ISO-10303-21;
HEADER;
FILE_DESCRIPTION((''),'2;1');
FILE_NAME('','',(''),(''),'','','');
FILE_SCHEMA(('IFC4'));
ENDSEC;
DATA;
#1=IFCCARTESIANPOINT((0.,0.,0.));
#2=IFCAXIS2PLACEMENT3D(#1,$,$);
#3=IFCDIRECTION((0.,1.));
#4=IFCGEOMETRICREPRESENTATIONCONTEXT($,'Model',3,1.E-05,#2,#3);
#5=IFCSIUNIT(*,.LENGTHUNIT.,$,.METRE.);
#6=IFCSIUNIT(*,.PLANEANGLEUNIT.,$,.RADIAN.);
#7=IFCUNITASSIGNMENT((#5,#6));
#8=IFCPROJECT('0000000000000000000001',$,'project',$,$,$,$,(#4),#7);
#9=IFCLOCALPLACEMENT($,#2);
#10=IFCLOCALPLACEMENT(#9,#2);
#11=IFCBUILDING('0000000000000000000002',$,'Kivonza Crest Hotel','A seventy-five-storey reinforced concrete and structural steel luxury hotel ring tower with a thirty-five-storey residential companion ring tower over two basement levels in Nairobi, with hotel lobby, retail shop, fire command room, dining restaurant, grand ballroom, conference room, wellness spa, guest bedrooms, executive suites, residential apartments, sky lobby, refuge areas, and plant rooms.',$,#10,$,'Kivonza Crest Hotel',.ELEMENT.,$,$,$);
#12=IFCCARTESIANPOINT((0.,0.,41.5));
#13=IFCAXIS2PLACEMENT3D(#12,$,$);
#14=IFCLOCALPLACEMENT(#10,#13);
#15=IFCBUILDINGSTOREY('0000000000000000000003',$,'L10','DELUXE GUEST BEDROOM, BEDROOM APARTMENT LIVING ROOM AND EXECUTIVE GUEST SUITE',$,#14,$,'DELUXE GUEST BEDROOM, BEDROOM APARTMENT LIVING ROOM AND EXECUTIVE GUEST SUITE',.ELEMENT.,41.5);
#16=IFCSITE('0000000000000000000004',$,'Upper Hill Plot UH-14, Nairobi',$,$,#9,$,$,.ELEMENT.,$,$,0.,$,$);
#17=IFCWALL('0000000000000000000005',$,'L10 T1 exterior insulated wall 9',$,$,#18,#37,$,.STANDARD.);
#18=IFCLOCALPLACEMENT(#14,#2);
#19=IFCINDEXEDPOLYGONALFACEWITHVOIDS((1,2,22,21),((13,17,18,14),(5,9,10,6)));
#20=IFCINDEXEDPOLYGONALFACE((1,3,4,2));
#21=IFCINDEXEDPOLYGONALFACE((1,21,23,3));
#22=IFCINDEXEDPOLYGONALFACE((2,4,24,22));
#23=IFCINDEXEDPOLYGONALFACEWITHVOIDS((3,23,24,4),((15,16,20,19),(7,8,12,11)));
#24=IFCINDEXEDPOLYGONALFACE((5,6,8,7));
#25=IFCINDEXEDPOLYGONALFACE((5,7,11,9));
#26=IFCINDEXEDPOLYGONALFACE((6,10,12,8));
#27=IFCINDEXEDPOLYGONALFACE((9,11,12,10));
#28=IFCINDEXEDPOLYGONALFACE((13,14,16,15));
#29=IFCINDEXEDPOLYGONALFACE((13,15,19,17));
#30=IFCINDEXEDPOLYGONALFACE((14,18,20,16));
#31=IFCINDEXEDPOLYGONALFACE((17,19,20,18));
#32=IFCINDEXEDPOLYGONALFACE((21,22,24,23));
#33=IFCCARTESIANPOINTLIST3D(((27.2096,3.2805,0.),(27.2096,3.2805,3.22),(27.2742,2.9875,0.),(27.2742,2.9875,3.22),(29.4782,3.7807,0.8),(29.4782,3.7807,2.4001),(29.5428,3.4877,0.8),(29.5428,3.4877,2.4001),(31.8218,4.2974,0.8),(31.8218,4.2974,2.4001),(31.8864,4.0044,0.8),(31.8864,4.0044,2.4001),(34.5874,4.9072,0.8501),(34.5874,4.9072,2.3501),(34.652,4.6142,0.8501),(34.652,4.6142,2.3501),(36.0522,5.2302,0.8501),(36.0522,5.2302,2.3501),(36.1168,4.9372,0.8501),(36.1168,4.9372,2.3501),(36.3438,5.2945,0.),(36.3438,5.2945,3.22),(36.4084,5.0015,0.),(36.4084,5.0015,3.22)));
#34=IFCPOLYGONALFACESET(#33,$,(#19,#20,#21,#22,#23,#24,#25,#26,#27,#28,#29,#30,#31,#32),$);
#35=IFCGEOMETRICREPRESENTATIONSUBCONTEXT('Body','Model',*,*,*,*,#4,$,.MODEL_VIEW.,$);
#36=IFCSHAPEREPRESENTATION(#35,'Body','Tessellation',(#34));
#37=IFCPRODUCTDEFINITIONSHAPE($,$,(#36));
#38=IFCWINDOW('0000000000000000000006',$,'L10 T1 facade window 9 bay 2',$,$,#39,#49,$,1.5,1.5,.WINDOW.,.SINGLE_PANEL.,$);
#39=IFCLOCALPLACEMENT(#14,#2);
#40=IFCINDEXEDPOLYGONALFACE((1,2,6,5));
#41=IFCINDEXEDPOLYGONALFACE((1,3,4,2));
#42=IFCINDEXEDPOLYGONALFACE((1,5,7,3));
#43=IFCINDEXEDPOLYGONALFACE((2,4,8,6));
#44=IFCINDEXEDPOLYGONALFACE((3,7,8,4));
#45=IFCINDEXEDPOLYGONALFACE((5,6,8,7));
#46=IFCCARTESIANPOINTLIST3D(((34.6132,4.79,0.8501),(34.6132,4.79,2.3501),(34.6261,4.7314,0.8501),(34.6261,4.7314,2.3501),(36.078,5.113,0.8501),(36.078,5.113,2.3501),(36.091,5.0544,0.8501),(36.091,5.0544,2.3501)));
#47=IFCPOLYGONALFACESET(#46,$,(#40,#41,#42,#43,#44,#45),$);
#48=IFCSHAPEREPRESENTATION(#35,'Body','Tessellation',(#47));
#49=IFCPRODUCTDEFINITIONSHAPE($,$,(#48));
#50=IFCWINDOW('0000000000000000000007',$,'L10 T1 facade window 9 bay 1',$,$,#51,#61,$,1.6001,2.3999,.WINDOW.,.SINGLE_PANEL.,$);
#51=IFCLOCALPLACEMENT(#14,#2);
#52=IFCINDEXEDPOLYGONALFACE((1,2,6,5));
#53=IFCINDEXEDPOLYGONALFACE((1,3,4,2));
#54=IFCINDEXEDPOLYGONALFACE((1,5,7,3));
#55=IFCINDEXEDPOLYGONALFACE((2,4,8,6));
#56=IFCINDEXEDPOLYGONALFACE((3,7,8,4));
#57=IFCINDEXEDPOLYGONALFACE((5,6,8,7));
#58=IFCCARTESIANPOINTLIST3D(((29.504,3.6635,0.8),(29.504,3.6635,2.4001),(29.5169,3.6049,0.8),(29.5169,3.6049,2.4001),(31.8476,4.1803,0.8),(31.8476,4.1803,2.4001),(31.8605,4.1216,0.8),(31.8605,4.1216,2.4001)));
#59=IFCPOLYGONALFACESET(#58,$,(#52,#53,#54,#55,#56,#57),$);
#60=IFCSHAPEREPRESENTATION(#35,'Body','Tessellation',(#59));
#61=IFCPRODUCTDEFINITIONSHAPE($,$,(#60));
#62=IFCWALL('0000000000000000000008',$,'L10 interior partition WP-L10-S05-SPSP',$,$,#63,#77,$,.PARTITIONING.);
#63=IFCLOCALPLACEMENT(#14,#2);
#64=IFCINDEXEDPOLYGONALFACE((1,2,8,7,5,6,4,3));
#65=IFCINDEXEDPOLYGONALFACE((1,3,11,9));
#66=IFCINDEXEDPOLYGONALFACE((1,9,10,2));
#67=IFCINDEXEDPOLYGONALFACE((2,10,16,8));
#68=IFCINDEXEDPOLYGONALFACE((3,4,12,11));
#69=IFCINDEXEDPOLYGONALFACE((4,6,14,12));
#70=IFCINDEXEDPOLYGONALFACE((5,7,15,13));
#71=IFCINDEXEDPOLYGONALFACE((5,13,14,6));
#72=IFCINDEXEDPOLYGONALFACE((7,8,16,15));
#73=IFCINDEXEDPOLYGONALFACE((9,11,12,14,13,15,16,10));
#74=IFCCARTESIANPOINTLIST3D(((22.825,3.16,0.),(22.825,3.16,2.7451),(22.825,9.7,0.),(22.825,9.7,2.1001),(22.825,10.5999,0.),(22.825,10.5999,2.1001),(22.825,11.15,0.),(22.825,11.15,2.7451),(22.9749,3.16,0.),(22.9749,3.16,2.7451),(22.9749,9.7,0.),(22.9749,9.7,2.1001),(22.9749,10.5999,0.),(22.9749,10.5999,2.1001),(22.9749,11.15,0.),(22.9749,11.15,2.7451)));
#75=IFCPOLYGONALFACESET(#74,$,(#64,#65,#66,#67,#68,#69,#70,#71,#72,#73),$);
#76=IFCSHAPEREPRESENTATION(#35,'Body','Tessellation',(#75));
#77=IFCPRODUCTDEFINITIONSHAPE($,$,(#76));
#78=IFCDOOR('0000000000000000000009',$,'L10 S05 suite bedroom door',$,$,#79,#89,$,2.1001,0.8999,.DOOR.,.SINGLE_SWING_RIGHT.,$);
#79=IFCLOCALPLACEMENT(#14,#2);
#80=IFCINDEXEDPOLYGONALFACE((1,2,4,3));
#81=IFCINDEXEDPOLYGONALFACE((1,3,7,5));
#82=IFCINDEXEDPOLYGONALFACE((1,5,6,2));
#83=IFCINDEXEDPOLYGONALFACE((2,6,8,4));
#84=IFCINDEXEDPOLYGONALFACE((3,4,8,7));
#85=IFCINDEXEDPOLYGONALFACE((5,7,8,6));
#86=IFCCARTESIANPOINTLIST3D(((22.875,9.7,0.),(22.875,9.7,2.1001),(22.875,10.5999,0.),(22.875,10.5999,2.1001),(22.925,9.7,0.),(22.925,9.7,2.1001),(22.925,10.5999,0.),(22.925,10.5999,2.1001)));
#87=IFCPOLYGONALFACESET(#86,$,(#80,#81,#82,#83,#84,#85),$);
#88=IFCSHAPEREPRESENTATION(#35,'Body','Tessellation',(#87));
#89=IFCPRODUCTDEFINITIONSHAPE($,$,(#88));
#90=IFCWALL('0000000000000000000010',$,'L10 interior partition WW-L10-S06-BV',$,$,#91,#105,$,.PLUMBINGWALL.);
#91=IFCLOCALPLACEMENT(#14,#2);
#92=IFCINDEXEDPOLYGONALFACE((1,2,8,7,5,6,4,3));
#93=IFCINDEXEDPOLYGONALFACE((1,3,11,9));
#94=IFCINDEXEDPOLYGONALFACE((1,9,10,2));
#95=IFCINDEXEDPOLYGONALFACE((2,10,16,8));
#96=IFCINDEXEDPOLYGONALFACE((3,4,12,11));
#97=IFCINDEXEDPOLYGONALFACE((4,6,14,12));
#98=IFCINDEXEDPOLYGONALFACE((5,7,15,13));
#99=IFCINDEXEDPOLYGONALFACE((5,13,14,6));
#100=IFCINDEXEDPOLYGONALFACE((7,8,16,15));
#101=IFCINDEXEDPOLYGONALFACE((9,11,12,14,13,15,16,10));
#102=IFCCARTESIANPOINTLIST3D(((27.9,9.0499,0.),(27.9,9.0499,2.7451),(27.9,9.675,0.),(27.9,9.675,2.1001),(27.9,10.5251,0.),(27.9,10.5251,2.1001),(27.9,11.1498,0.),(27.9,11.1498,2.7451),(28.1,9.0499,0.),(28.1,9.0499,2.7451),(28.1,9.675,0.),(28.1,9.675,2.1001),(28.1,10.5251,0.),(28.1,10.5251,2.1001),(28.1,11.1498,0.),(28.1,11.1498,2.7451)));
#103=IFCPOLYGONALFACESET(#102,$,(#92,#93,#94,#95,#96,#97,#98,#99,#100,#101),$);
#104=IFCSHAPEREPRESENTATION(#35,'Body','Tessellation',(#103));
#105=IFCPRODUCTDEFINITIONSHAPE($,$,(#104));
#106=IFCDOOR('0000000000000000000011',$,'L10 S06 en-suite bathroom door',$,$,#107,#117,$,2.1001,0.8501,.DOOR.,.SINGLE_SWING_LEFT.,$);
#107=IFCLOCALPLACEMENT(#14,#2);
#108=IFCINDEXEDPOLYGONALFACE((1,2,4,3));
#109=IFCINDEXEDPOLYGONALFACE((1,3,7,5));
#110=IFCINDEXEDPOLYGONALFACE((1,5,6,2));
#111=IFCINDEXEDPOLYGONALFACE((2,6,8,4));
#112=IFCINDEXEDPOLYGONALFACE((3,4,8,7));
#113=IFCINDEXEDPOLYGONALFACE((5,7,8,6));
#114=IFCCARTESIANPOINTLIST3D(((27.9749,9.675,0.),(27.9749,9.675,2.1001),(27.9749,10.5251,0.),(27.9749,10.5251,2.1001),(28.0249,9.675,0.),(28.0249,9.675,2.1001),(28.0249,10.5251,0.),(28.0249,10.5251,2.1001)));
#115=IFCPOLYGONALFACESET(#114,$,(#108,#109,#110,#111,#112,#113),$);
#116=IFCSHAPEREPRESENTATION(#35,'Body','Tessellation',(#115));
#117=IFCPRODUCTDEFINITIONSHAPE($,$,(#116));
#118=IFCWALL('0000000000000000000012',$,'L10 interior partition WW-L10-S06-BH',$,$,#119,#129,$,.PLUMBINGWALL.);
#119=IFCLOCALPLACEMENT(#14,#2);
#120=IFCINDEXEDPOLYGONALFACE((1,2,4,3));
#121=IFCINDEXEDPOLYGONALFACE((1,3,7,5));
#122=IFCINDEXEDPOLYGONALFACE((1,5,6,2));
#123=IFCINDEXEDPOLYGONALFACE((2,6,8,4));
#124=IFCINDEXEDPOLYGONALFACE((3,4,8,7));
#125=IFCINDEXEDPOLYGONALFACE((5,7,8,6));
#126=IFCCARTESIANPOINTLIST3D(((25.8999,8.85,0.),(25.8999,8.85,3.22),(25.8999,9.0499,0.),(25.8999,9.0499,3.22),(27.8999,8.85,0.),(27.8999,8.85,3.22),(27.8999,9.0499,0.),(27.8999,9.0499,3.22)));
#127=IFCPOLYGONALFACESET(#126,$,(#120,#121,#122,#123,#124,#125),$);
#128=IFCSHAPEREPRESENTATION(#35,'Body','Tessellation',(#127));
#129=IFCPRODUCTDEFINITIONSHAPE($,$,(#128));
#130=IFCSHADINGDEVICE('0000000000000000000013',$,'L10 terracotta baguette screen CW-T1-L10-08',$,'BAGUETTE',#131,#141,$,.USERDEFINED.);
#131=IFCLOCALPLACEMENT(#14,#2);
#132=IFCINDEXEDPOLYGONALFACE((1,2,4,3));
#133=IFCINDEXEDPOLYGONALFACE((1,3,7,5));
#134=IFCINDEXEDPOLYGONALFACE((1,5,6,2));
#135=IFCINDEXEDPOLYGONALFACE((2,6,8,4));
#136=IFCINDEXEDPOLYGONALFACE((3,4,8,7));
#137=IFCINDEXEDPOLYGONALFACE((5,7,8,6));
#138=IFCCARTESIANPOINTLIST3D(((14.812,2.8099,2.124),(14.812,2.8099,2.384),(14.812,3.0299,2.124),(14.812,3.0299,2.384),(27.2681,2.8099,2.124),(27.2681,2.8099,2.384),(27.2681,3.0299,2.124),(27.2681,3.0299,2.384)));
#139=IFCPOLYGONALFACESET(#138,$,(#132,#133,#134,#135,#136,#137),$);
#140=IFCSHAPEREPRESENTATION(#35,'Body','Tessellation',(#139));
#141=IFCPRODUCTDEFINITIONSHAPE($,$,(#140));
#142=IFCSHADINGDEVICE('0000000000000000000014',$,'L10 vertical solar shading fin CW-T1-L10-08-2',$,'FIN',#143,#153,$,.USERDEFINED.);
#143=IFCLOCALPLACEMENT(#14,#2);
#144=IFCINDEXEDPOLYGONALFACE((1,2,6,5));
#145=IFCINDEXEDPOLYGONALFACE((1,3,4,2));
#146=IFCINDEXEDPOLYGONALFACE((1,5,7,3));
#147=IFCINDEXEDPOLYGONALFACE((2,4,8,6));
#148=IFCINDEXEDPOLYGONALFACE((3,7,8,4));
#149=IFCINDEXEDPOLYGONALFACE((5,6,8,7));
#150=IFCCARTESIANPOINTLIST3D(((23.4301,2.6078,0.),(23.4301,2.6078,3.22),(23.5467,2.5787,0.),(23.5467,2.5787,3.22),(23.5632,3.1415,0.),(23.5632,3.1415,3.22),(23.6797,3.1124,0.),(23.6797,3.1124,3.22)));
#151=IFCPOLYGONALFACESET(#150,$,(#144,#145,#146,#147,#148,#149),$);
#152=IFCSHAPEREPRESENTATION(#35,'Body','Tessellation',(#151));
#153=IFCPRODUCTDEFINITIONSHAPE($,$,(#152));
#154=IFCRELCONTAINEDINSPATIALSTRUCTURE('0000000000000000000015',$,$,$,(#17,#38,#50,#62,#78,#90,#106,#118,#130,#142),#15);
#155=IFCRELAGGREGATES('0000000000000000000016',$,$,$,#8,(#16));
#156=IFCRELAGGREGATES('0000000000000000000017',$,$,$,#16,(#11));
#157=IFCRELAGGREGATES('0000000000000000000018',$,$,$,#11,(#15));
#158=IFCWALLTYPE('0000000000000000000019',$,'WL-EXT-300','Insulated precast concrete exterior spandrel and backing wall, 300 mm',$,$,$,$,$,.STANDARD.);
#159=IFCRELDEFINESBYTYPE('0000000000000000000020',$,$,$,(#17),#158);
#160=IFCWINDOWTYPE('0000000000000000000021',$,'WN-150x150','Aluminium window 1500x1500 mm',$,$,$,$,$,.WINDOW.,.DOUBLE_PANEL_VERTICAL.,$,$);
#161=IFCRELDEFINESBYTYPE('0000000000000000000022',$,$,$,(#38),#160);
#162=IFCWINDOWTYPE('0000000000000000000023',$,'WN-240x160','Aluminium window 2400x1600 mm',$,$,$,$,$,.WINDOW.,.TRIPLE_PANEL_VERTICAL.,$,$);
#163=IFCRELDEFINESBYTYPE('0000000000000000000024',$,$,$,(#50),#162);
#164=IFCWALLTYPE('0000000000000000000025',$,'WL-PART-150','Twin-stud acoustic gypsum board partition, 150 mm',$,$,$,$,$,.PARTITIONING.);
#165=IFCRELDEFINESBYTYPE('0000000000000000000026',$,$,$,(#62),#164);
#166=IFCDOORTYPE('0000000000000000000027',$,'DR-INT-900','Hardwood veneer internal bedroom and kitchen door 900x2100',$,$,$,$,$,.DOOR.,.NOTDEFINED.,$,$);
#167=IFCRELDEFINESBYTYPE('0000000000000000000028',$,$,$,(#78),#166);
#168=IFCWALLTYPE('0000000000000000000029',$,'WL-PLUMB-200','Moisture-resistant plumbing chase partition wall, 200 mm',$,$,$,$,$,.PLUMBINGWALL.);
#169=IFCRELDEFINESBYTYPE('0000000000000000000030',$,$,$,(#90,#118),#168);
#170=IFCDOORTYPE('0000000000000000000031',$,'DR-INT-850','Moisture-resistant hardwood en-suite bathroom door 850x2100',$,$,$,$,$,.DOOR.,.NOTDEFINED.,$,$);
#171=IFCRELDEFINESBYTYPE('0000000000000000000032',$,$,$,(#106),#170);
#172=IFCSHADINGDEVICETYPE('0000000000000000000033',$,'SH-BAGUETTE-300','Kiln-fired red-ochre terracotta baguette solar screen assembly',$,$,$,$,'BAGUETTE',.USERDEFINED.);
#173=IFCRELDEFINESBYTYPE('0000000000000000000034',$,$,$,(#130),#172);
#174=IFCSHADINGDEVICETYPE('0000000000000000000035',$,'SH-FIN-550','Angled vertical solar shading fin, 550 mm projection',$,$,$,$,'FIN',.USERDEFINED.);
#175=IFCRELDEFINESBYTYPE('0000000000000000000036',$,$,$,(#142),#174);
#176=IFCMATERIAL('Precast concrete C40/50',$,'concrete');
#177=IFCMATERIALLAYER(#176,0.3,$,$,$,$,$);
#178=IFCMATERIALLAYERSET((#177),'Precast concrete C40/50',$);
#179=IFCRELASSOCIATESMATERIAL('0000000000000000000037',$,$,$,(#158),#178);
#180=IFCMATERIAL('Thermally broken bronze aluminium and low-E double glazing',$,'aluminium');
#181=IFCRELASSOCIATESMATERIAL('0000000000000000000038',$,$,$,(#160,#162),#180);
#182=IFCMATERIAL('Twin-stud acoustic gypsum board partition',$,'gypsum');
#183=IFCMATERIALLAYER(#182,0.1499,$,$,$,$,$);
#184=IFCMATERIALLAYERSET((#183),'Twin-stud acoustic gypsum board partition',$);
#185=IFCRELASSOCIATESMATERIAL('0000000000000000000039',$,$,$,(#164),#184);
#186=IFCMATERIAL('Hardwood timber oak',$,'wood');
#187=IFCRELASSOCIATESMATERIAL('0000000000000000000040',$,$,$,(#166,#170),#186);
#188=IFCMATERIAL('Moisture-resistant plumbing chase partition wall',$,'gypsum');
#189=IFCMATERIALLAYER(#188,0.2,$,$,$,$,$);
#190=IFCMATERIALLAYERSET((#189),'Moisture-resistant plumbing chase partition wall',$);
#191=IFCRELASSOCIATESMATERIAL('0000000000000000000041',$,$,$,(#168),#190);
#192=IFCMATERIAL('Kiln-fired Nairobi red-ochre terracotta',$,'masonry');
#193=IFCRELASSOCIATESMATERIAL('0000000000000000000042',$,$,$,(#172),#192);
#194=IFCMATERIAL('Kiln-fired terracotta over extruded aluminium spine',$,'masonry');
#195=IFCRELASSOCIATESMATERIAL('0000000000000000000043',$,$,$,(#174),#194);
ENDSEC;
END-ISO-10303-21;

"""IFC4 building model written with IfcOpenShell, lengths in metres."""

from ifc_helpers import new_model, si_unit, direction, frame, frame_2d, origin, origin_2d, place, context, subcontext, project, spatial, rectangle, extrude, material, layer, layer_set, type_object, element, fill, save


model = new_model("IFC4")

# Units and contexts
model_context = context("Model", 3, precision=1e-05, world=origin(), true_north=direction((0.0, 1.0)))
body_context = subcontext(model_context, "Body", "Model", "MODEL_VIEW")
ifc_project = project(units=[si_unit("LENGTHUNIT", "METRE"), si_unit("PLANEANGLEUNIT", "RADIAN")], contexts=[model_context])

# Site, building, storey
site_placement = place(None, origin())
site = spatial("IfcSite", under=ifc_project, at=site_placement, Name="Upper Hill Plot UH-14, Nairobi", CompositionType="ELEMENT", RefElevation=0.0)
building_placement = place(site_placement, origin())
building = spatial("IfcBuilding", under=site, at=building_placement, Name="Kivonza Crest Hotel", Description="A seventy-five-storey reinforced concrete and structural steel luxury hotel ring tower with a thirty-five-storey residential companion ring tower over two basement levels in Nairobi, with hotel lobby, retail shop, fire command room, dining restaurant, grand ballroom, conference room, wellness spa, guest bedrooms, executive suites, residential apartments, sky lobby, refuge areas, and plant rooms.", LongName="Kivonza Crest Hotel", CompositionType="ELEMENT")
storey_placement = place(building_placement, frame((0.0, 0.0, 41.5)))
storey = spatial("IfcBuildingStorey", under=building, at=storey_placement, Name="L10", Description="DELUXE GUEST BEDROOM, BEDROOM APARTMENT LIVING ROOM AND EXECUTIVE GUEST SUITE", LongName="DELUXE GUEST BEDROOM, BEDROOM APARTMENT LIVING ROOM AND EXECUTIVE GUEST SUITE", CompositionType="ELEMENT", Elevation=41.5)

# Wall, openings, windows
ifc_material_1 = material(Name="Precast concrete C40/50", Category="concrete")
ifc_layer_1 = layer(ifc_material_1, 0.3)
ifc_layer_set_1 = layer_set([ifc_layer_1], Name="Precast concrete C40/50")
wall_type_1 = type_object("IfcWallType", Name="WL-EXT-300", Description="Insulated precast concrete exterior spandrel and backing wall, 300 mm", PredefinedType="STANDARD", material=ifc_layer_set_1)
wall_1_placement = place(storey_placement, frame((27.2419, 3.134, 0.0), z_axis=(0.0, 0.0, 1.0), x_axis=(0.976545, 0.215313, 0.0)))
wall_1 = element("IfcWall", 1, at=wall_1_placement, inside=storey, type_object=wall_type_1, Name="L10 T1 exterior insulated wall 9", PredefinedType="STANDARD", context=body_context, shape_type="SweptSolid", body=[
    extrude(rectangle(XDim=9.3535, YDim=0.3, at=frame_2d((4.6768, 0.0))), origin(), (0.0, 0.0, 1.0), 3.22),
])
opening_1_placement = place(wall_1_placement, frame((2.323, 0.0, 0.8)))
opening_1 = element("IfcOpeningElement", 2, at=opening_1_placement, cuts=wall_1, PredefinedType="OPENING", context=body_context, shape_type="SweptSolid", body=[
    extrude(rectangle(XDim=2.3999, YDim=1.6001, at=frame_2d((1.2, 0.8))), frame((0.0, 0.1602, 0.0), z_axis=(0.0, -1.0, 0.0), x_axis=(1.0, 0.0, 0.0)), (0.0, 0.0, 1.0), 0.3201),
])
opening_2_placement = place(wall_1_placement, frame((7.5549, 0.0, 0.8501)))
opening_2 = element("IfcOpeningElement", 3, at=opening_2_placement, cuts=wall_1, PredefinedType="OPENING", context=body_context, shape_type="SweptSolid", body=[
    extrude(rectangle(XDim=1.5, YDim=1.5, at=frame_2d((0.75, 0.75))), frame((0.0, 0.1602, 0.0), z_axis=(0.0, -1.0, 0.0), x_axis=(1.0, 0.0, 0.0)), (0.0, 0.0, 1.0), 0.3201),
])
ifc_material_2 = material(Name="Thermally broken bronze aluminium and low-E double glazing", Category="aluminium")
window_type_1 = type_object("IfcWindowType", Name="WN-150x150", Description="Aluminium window 1500x1500 mm", PartitioningType="DOUBLE_PANEL_VERTICAL", PredefinedType="WINDOW", material=ifc_material_2)
window_1_placement = place(opening_2_placement, origin())
window_1 = element("IfcWindow", 4, at=window_1_placement, inside=storey, type_object=window_type_1, Name="L10 T1 facade window 9 bay 2", OverallHeight=1.5, OverallWidth=1.5, PartitioningType="SINGLE_PANEL", PredefinedType="WINDOW", context=body_context, shape_type="SweptSolid", body=[
    extrude(rectangle(XDim=1.5, YDim=1.5, at=frame_2d((0.75, 0.75))), frame((0.0, 0.03, 0.0), z_axis=(0.0, -1.0, 0.0), x_axis=(1.0, 0.0, 0.0)), (0.0, 0.0, 1.0), 0.0601),
])
fill(opening_2, window_1)
window_type_2 = type_object("IfcWindowType", Name="WN-240x160", Description="Aluminium window 2400x1600 mm", PartitioningType="TRIPLE_PANEL_VERTICAL", PredefinedType="WINDOW", material=ifc_material_2)
window_2_placement = place(opening_1_placement, origin())
window_2 = element("IfcWindow", 5, at=window_2_placement, inside=storey, type_object=window_type_2, Name="L10 T1 facade window 9 bay 1", OverallHeight=1.6001, OverallWidth=2.3999, PartitioningType="SINGLE_PANEL", PredefinedType="WINDOW", context=body_context, shape_type="SweptSolid", body=[
    extrude(rectangle(XDim=2.3999, YDim=1.6001, at=frame_2d((1.2, 0.8))), frame((0.0, 0.03, 0.0), z_axis=(0.0, -1.0, 0.0), x_axis=(1.0, 0.0, 0.0)), (0.0, 0.0, 1.0), 0.0601),
])
fill(opening_1, window_2)

# Walls, openings, doors
ifc_material_3 = material(Name="Twin-stud acoustic gypsum board partition", Category="gypsum")
ifc_layer_2 = layer(ifc_material_3, 0.1499)
ifc_layer_set_2 = layer_set([ifc_layer_2], Name="Twin-stud acoustic gypsum board partition")
wall_type_2 = type_object("IfcWallType", Name="WL-PART-150", Description="Twin-stud acoustic gypsum board partition, 150 mm", PredefinedType="PARTITIONING", material=ifc_layer_set_2)
wall_2_placement = place(storey_placement, frame((22.8999, 3.1599, 0.0), z_axis=(0.0, 0.0, 1.0), x_axis=(0.0, 1.0, 0.0)))
wall_2 = element("IfcWall", 6, at=wall_2_placement, inside=storey, type_object=wall_type_2, Name="L10 interior partition WP-L10-S05-SPSP", PredefinedType="PARTITIONING", context=body_context, shape_type="SweptSolid", body=[
    extrude(rectangle(XDim=7.99, YDim=0.1499, at=frame_2d((3.9951, 0.0))), origin(), (0.0, 0.0, 1.0), 2.7451),
])
opening_3_placement = place(wall_2_placement, frame((6.54, 0.0, 0.0)))
opening_3 = element("IfcOpeningElement", 7, at=opening_3_placement, cuts=wall_2, PredefinedType="OPENING", context=body_context, shape_type="SweptSolid", body=[
    extrude(rectangle(XDim=0.8999, YDim=2.1001, at=frame_2d((0.45, 1.05))), frame((0.0, 0.085, 0.0), z_axis=(0.0, -1.0, 0.0), x_axis=(1.0, 0.0, 0.0)), (0.0, 0.0, 1.0), 0.1699),
])
ifc_material_4 = material(Name="Hardwood timber oak", Category="wood")
door_type_1 = type_object("IfcDoorType", Name="DR-INT-900", Description="Hardwood veneer internal bedroom and kitchen door 900x2100", OperationType="NOTDEFINED", PredefinedType="DOOR", material=ifc_material_4)
door_1_placement = place(opening_3_placement, origin())
door_1 = element("IfcDoor", 8, at=door_1_placement, inside=storey, type_object=door_type_1, Name="L10 S05 suite bedroom door", OperationType="SINGLE_SWING_RIGHT", OverallHeight=2.1001, OverallWidth=0.8999, PredefinedType="DOOR", context=body_context, shape_type="SweptSolid", body=[
    extrude(rectangle(XDim=0.8999, YDim=2.1001, at=frame_2d((0.45, 1.05))), frame((0.0, 0.0249, 0.0), z_axis=(0.0, -1.0, 0.0), x_axis=(1.0, 0.0, 0.0)), (0.0, 0.0, 1.0), 0.05),
])
fill(opening_3, door_1)
ifc_material_5 = material(Name="Moisture-resistant plumbing chase partition wall", Category="gypsum")
ifc_layer_3 = layer(ifc_material_5, 0.2)
ifc_layer_set_3 = layer_set([ifc_layer_3], Name="Moisture-resistant plumbing chase partition wall")
wall_type_3 = type_object("IfcWallType", Name="WL-PLUMB-200", Description="Moisture-resistant plumbing chase partition wall, 200 mm", PredefinedType="PLUMBINGWALL", material=ifc_layer_set_3)
wall_3_placement = place(storey_placement, frame((28.0, 9.05, 0.0), z_axis=(0.0, 0.0, 1.0), x_axis=(0.0, 1.0, 0.0)))
wall_3 = element("IfcWall", 9, at=wall_3_placement, inside=storey, type_object=wall_type_3, Name="L10 interior partition WW-L10-S06-BV", PredefinedType="PLUMBINGWALL", context=body_context, shape_type="SweptSolid", body=[
    extrude(rectangle(XDim=2.0999, YDim=0.2, at=frame_2d((1.0498, 0.0))), origin(), (0.0, 0.0, 1.0), 2.7451),
])
opening_4_placement = place(wall_3_placement, frame((0.625, 0.0, 0.0)))
opening_4 = element("IfcOpeningElement", 10, at=opening_4_placement, cuts=wall_3, PredefinedType="OPENING", context=body_context, shape_type="SweptSolid", body=[
    extrude(rectangle(XDim=0.8501, YDim=2.1001, at=frame_2d((0.425, 1.05))), frame((0.0, 0.1099, 0.0), z_axis=(0.0, -1.0, 0.0), x_axis=(1.0, 0.0, 0.0)), (0.0, 0.0, 1.0), 0.22),
])
door_type_2 = type_object("IfcDoorType", Name="DR-INT-850", Description="Moisture-resistant hardwood en-suite bathroom door 850x2100", OperationType="NOTDEFINED", PredefinedType="DOOR", material=ifc_material_4)
door_2_placement = place(opening_4_placement, frame((0.8501, 0.0, 0.0), z_axis=(0.0, 0.0, 1.0), x_axis=(-1.0, 0.0, 0.0)))
door_2 = element("IfcDoor", 11, at=door_2_placement, inside=storey, type_object=door_type_2, Name="L10 S06 en-suite bathroom door", OperationType="SINGLE_SWING_LEFT", OverallHeight=2.1001, OverallWidth=0.8501, PredefinedType="DOOR", context=body_context, shape_type="SweptSolid", body=[
    extrude(rectangle(XDim=0.8501, YDim=2.1001, at=frame_2d((0.425, 1.05))), frame((0.0, 0.0249, 0.0), z_axis=(0.0, -1.0, 0.0), x_axis=(1.0, 0.0, 0.0)), (0.0, 0.0, 1.0), 0.05),
])
fill(opening_4, door_2)

# Wall
wall_4_placement = place(storey_placement, frame((25.8999, 8.95, 0.0), z_axis=(0.0, 0.0, 1.0), x_axis=(1.0, 0.0, 0.0)))
element("IfcWall", 12, at=wall_4_placement, inside=storey, type_object=wall_type_3, Name="L10 interior partition WW-L10-S06-BH", PredefinedType="PLUMBINGWALL", context=body_context, shape_type="SweptSolid", body=[
    extrude(rectangle(XDim=2.0, YDim=0.2, at=frame_2d((1.0, 0.0))), origin(), (0.0, 0.0, 1.0), 3.22),
])

# Shading devices
ifc_material_6 = material(Name="Kiln-fired Nairobi red-ochre terracotta", Category="masonry")
shading_device_type_1 = type_object("IfcShadingDeviceType", Name="SH-BAGUETTE-300", Description="Kiln-fired red-ochre terracotta baguette solar screen assembly", ElementType="BAGUETTE", PredefinedType="USERDEFINED", material=ifc_material_6)
shading_device_1_placement = place(storey_placement, frame((21.04, 2.9199, 2.124), z_axis=(0.0, 0.0, 1.0), x_axis=(1.0, 0.0, 0.0)))
element("IfcShadingDevice", 13, at=shading_device_1_placement, inside=storey, type_object=shading_device_type_1, Name="L10 terracotta baguette screen CW-T1-L10-08", ObjectType="BAGUETTE", PredefinedType="USERDEFINED", context=body_context, shape_type="SweptSolid", body=[
    extrude(rectangle(XDim=12.4561, YDim=0.22, at=origin_2d()), origin(), (0.0, 0.0, 1.0), 0.26),
])
ifc_material_7 = material(Name="Kiln-fired terracotta over extruded aluminium spine", Category="masonry")
shading_device_type_2 = type_object("IfcShadingDeviceType", Name="SH-FIN-550", Description="Angled vertical solar shading fin, 550 mm projection", ElementType="FIN", PredefinedType="USERDEFINED", material=ifc_material_7)
shading_device_2_placement = place(storey_placement, frame((23.5549, 2.8601, 0.0), z_axis=(0.0, 0.0, 1.0), x_axis=(0.970296, -0.241922, 0.0)))
element("IfcShadingDevice", 14, at=shading_device_2_placement, inside=storey, type_object=shading_device_type_2, Name="L10 vertical solar shading fin CW-T1-L10-08-2", ObjectType="FIN", PredefinedType="USERDEFINED", context=body_context, shape_type="SweptSolid", body=[
    extrude(rectangle(XDim=0.1201, YDim=0.55, at=origin_2d()), origin(), (0.0, 0.0, 1.0), 3.22),
])

save(model, "model.ifc")
